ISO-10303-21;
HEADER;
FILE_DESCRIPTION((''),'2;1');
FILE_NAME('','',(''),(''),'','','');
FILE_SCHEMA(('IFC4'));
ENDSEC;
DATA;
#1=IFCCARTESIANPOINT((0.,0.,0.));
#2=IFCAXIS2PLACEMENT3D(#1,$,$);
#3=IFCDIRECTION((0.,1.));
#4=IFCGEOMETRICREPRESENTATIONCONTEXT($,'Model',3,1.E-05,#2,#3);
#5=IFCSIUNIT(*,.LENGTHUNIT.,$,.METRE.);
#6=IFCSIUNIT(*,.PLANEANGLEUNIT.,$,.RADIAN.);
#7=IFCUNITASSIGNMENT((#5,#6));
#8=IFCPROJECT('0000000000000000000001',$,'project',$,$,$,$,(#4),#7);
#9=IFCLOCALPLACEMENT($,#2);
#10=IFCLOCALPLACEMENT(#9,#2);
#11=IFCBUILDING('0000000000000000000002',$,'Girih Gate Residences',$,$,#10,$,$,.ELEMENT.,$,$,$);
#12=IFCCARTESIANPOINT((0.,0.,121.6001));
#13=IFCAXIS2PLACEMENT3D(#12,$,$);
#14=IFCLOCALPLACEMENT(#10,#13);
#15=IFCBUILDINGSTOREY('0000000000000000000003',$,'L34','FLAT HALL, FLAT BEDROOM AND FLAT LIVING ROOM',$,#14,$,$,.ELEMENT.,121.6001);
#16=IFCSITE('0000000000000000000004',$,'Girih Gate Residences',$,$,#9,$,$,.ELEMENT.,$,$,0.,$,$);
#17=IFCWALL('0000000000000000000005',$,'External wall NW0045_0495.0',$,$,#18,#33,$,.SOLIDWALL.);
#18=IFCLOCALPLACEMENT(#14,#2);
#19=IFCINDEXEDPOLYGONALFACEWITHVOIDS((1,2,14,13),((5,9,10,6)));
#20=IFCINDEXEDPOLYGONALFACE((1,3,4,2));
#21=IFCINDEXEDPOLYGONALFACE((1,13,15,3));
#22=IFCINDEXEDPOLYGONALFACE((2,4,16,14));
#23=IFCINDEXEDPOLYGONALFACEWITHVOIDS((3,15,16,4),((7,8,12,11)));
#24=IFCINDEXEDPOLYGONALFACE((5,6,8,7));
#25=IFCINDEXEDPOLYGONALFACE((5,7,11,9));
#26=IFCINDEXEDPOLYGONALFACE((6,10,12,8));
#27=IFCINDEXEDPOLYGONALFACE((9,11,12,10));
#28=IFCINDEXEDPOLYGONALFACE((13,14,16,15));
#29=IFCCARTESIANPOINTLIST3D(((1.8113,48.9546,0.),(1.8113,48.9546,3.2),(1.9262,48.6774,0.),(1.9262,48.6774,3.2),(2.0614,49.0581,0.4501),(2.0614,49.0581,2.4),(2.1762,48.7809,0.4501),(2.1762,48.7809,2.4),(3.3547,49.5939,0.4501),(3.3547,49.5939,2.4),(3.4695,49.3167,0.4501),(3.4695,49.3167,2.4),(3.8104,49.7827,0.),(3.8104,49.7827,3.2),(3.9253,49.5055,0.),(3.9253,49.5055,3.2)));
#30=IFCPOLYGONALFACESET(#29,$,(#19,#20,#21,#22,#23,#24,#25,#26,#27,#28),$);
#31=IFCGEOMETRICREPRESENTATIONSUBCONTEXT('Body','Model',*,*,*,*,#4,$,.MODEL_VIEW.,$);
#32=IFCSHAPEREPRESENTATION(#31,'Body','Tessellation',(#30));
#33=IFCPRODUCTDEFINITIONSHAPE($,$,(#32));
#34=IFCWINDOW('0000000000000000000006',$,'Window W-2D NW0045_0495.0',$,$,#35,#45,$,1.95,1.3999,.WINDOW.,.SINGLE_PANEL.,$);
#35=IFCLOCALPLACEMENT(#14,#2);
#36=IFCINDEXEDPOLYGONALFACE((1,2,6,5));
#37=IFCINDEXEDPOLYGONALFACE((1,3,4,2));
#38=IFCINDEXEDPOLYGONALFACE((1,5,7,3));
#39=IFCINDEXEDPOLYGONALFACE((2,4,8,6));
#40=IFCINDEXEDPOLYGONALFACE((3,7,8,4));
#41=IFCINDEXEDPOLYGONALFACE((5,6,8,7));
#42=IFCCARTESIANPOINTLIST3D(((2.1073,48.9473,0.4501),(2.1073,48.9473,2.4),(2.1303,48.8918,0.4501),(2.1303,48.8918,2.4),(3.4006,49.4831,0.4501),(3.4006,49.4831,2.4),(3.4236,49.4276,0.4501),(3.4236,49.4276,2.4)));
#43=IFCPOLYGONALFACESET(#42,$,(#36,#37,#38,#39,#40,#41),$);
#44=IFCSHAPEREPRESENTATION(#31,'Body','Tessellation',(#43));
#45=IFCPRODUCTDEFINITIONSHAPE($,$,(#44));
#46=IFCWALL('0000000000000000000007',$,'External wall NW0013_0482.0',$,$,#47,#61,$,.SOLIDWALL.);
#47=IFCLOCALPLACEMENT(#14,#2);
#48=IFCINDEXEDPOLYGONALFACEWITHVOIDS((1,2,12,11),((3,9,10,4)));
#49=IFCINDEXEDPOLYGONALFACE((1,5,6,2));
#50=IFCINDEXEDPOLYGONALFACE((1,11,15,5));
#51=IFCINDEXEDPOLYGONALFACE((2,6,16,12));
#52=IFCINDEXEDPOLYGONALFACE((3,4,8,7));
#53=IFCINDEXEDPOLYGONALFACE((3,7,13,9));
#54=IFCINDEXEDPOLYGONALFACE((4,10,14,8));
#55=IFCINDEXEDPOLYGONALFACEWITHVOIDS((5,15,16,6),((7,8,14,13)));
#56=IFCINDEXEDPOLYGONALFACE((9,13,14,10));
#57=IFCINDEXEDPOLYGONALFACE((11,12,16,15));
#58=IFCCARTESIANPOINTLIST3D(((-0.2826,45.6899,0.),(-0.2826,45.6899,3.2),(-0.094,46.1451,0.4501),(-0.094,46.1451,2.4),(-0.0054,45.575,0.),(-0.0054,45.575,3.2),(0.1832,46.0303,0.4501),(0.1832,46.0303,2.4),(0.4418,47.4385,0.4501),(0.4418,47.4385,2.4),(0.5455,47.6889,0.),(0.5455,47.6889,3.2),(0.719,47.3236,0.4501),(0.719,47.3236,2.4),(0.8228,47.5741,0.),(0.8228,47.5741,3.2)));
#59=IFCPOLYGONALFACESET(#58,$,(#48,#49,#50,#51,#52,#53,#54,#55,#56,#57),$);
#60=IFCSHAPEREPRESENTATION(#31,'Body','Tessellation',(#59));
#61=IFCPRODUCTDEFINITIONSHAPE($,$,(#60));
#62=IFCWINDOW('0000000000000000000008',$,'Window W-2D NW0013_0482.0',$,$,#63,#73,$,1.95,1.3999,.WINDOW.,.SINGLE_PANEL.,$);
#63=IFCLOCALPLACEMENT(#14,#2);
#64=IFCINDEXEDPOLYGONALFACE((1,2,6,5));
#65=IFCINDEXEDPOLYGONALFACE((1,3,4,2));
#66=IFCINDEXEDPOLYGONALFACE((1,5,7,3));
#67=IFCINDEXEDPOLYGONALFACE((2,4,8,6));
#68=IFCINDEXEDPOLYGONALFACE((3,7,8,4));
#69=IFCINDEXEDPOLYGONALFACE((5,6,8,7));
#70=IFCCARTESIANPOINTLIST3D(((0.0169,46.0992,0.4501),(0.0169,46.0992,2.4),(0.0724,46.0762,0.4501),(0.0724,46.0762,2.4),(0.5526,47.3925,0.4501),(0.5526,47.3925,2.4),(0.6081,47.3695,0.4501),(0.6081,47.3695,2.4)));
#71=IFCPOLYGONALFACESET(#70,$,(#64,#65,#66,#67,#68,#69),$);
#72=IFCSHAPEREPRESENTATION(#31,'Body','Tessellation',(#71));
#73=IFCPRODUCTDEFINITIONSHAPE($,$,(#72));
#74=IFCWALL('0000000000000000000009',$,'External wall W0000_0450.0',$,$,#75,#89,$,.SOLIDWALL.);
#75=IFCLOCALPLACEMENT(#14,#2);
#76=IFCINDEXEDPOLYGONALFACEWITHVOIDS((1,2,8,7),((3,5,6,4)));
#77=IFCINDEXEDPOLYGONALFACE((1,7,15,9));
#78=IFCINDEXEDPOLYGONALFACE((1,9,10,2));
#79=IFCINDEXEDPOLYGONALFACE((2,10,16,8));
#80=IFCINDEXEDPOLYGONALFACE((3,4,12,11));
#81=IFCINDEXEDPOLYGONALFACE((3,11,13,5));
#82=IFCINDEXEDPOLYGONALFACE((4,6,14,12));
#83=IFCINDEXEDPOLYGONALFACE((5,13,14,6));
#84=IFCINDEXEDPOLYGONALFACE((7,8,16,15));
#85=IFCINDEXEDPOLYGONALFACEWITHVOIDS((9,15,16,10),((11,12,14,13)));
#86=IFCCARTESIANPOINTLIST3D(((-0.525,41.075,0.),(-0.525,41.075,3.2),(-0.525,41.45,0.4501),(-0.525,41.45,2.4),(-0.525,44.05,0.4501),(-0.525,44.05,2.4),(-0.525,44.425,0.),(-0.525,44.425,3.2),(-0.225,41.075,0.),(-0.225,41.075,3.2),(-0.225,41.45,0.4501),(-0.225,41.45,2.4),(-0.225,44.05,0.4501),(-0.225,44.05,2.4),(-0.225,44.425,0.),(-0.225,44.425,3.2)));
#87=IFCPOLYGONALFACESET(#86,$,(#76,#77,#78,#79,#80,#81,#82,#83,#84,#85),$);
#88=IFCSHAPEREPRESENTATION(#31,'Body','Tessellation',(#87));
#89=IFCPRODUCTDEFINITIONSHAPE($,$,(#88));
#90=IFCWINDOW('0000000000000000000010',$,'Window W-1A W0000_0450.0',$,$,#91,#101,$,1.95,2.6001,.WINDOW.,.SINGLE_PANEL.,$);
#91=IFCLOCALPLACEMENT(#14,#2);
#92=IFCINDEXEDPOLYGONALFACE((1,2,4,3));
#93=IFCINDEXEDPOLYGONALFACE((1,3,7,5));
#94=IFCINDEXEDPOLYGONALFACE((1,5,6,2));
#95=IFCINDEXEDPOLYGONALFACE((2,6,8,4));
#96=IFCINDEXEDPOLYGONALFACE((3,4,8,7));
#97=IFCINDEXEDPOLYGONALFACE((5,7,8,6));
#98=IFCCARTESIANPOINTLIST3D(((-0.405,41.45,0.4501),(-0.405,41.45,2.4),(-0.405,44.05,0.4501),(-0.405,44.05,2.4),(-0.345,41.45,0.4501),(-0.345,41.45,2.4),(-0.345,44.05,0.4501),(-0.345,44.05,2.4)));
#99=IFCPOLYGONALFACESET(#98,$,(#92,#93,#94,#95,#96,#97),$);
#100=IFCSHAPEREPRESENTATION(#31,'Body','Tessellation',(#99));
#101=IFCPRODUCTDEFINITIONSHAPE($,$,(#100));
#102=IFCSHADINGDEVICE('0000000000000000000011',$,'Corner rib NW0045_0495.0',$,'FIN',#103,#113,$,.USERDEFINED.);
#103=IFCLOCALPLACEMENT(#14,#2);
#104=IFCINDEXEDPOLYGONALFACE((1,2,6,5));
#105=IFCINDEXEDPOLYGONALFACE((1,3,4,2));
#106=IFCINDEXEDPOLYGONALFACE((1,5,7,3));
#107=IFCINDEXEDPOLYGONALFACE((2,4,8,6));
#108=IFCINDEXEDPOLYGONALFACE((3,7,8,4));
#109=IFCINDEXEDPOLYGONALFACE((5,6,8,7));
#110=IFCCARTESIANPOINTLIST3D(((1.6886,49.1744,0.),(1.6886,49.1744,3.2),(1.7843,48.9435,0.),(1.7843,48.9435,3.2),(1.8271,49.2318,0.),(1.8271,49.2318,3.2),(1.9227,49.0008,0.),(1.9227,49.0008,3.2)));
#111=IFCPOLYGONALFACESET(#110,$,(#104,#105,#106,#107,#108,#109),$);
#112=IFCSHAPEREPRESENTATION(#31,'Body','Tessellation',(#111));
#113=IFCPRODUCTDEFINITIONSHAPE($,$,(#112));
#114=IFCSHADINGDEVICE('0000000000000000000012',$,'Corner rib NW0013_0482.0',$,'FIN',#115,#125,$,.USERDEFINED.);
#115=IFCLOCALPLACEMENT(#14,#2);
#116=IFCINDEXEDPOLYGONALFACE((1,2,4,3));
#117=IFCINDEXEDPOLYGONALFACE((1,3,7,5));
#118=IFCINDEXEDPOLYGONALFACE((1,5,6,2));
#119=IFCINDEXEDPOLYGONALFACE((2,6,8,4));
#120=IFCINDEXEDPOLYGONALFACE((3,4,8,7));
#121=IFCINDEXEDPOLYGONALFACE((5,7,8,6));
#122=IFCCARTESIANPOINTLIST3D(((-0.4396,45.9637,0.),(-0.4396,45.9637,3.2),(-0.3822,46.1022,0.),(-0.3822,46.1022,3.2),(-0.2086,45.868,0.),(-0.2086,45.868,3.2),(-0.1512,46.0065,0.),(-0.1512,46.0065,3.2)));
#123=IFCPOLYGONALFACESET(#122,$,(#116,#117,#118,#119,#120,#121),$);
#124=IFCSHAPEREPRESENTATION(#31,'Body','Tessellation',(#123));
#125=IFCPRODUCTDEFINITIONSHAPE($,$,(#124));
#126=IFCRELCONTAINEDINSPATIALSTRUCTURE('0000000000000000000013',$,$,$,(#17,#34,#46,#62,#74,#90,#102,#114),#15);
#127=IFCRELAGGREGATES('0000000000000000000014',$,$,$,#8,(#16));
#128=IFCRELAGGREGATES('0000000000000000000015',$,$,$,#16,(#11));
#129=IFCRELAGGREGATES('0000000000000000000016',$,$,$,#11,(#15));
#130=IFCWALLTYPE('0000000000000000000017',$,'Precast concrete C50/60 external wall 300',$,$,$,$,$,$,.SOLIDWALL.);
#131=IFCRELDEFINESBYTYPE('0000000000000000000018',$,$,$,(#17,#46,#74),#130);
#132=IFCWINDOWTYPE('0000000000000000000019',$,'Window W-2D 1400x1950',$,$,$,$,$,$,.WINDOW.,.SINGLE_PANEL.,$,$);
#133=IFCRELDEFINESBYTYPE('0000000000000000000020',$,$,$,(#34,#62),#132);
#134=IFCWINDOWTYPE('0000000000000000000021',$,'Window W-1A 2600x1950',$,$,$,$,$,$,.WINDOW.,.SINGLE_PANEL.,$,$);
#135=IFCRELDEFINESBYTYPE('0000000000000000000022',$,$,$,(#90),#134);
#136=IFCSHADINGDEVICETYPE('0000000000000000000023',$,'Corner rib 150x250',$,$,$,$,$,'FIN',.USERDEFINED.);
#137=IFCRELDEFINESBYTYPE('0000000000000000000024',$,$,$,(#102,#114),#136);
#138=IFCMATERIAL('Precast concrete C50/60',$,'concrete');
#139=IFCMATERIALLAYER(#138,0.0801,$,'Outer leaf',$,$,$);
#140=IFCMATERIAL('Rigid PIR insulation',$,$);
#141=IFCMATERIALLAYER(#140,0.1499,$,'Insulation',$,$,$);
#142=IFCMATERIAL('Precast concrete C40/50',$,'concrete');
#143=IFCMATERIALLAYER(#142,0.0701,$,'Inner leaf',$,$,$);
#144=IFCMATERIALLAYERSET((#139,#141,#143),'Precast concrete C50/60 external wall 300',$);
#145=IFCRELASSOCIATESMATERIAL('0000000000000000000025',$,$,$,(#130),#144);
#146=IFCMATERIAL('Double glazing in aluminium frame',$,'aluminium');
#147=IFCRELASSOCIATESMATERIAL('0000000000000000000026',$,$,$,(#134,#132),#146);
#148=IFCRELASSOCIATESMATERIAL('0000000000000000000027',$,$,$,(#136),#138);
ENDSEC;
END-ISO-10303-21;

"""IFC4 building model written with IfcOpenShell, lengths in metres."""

from ifc_helpers import new_model, si_unit, direction, frame, frame_2d, origin, origin_2d, place, context, subcontext, project, spatial, rectangle, extrude, material, layer, layer_set, type_object, element, fill, save


model = new_model("IFC4")

# Units and contexts
model_context = context("Model", 3, precision=1e-05, world=origin(), true_north=direction((0.0, 1.0)))
body_context = subcontext(model_context, "Body", "Model", "MODEL_VIEW")
ifc_project = project(units=[si_unit("LENGTHUNIT", "METRE"), si_unit("PLANEANGLEUNIT", "RADIAN")], contexts=[model_context])

# Site, building, storey
site_placement = place(None, origin())
site = spatial("IfcSite", under=ifc_project, at=site_placement, Name="Girih Gate Residences", CompositionType="ELEMENT", RefElevation=0.0)
building_placement = place(site_placement, origin())
building = spatial("IfcBuilding", under=site, at=building_placement, Name="Girih Gate Residences", CompositionType="ELEMENT")
storey_placement = place(building_placement, frame((0.0, 0.0, 121.6001)))
storey = spatial("IfcBuildingStorey", under=building, at=storey_placement, Name="L34", Description="FLAT HALL, FLAT BEDROOM AND FLAT LIVING ROOM", CompositionType="ELEMENT", Elevation=121.6001)

# Walls, openings, windows
ifc_material_1 = material(Name="Precast concrete C50/60", Category="concrete")
ifc_layer_1 = layer(ifc_material_1, 0.0801, Name="Outer leaf")
ifc_material_2 = material(Name="Rigid PIR insulation")
ifc_layer_2 = layer(ifc_material_2, 0.1499, Name="Insulation")
ifc_material_3 = material(Name="Precast concrete C40/50", Category="concrete")
ifc_layer_3 = layer(ifc_material_3, 0.0701, Name="Inner leaf")
ifc_layer_set_1 = layer_set([ifc_layer_1, ifc_layer_2, ifc_layer_3], Name="Precast concrete C50/60 external wall 300")
wall_type_1 = type_object("IfcWallType", Name="Precast concrete C50/60 external wall 300", PredefinedType="SOLIDWALL", material=ifc_layer_set_1)
ifc_material_4 = material(Name="Double glazing in aluminium frame", Category="aluminium")
window_type_1 = type_object("IfcWindowType", Name="Window W-1A 2600x1950", PartitioningType="SINGLE_PANEL", PredefinedType="WINDOW", material=ifc_material_4)
wall_1_placement = place(storey_placement, frame((1.8687, 48.8159, 0.0), z_axis=(0.0, 0.0, 1.0), x_axis=(0.923863, 0.382724, 0.0)))
wall_1 = element("IfcWall", 1, at=wall_1_placement, inside=storey, type_object=wall_type_1, Name="External wall NW0045_0495.0", PredefinedType="SOLIDWALL", context=body_context, shape_type="SweptSolid", body=[
    extrude(rectangle(XDim=2.1638, YDim=0.3, at=frame_2d((1.082, 0.0))), origin(), (0.0, 0.0, 1.0), 3.2),
])
opening_1_placement = place(wall_1_placement, frame((0.2708, 0.0, 0.45)))
opening_1 = element("IfcOpeningElement", 2, at=opening_1_placement, cuts=wall_1, PredefinedType="OPENING", context=body_context, shape_type="SweptSolid", body=[
    extrude(rectangle(XDim=1.3999, YDim=1.95, at=frame_2d((0.7, 0.9751))), frame((0.0, 0.1599, 0.0), z_axis=(0.0, -1.0, 0.0), x_axis=(1.0, 0.0, 0.0)), (0.0, 0.0, 1.0), 0.3201),
])
window_type_2 = type_object("IfcWindowType", Name="Window W-2D 1400x1950", PartitioningType="SINGLE_PANEL", PredefinedType="WINDOW", material=ifc_material_4)
window_1_placement = place(opening_1_placement, origin())
window_1 = element("IfcWindow", 3, at=window_1_placement, inside=storey, type_object=window_type_2, Name="Window W-2D NW0045_0495.0", OverallHeight=1.95, OverallWidth=1.3999, PartitioningType="SINGLE_PANEL", PredefinedType="WINDOW", context=body_context, shape_type="SweptSolid", body=[
    extrude(rectangle(XDim=1.3999, YDim=1.95, at=frame_2d((0.7, 0.9751))), frame((0.0, 0.03, 0.0), z_axis=(0.0, -1.0, 0.0), x_axis=(1.0, 0.0, 0.0)), (0.0, 0.0, 1.0), 0.0601),
])
fill(opening_1, window_1)
wall_2_placement = place(storey_placement, frame((-0.144, 45.6323, 0.0), z_axis=(0.0, 0.0, 1.0), x_axis=(0.382724, 0.923863, 0.0)))
wall_2 = element("IfcWall", 4, at=wall_2_placement, inside=storey, type_object=wall_type_1, Name="External wall NW0013_0482.0", PredefinedType="SOLIDWALL", context=body_context, shape_type="SweptSolid", body=[
    extrude(rectangle(XDim=2.1638, YDim=0.3, at=frame_2d((1.082, 0.0))), origin(), (0.0, 0.0, 1.0), 3.2),
])
opening_2_placement = place(wall_2_placement, frame((0.4929, 0.0, 0.45)))
opening_2 = element("IfcOpeningElement", 5, at=opening_2_placement, cuts=wall_2, PredefinedType="OPENING", context=body_context, shape_type="SweptSolid", body=[
    extrude(rectangle(XDim=1.3999, YDim=1.95, at=frame_2d((0.7, 0.9751))), frame((0.0, 0.1599, 0.0), z_axis=(0.0, -1.0, 0.0), x_axis=(1.0, 0.0, 0.0)), (0.0, 0.0, 1.0), 0.3201),
])
window_2_placement = place(opening_2_placement, origin())
window_2 = element("IfcWindow", 6, at=window_2_placement, inside=storey, type_object=window_type_2, Name="Window W-2D NW0013_0482.0", OverallHeight=1.95, OverallWidth=1.3999, PartitioningType="SINGLE_PANEL", PredefinedType="WINDOW", context=body_context, shape_type="SweptSolid", body=[
    extrude(rectangle(XDim=1.3999, YDim=1.95, at=frame_2d((0.7, 0.9751))), frame((0.0, 0.03, 0.0), z_axis=(0.0, -1.0, 0.0), x_axis=(1.0, 0.0, 0.0)), (0.0, 0.0, 1.0), 0.0601),
])
fill(opening_2, window_2)
wall_3_placement = place(storey_placement, frame((-0.375, 41.075, 0.0), z_axis=(0.0, 0.0, 1.0), x_axis=(0.0, 1.0, 0.0)))
wall_3 = element("IfcWall", 7, at=wall_3_placement, inside=storey, type_object=wall_type_1, Name="External wall W0000_0450.0", PredefinedType="SOLIDWALL", context=body_context, shape_type="SweptSolid", body=[
    extrude(rectangle(XDim=3.3501, YDim=0.3, at=frame_2d((1.675, 0.0))), origin(), (0.0, 0.0, 1.0), 3.2),
])
opening_3_placement = place(wall_3_placement, frame((0.375, 0.0, 0.45)))
opening_3 = element("IfcOpeningElement", 8, at=opening_3_placement, cuts=wall_3, PredefinedType="OPENING", context=body_context, shape_type="SweptSolid", body=[
    extrude(rectangle(XDim=2.6001, YDim=1.95, at=frame_2d((1.3, 0.9751))), frame((0.0, 0.1599, 0.0), z_axis=(0.0, -1.0, 0.0), x_axis=(1.0, 0.0, 0.0)), (0.0, 0.0, 1.0), 0.3201),
])
window_3_placement = place(opening_3_placement, origin())
window_3 = element("IfcWindow", 9, at=window_3_placement, inside=storey, type_object=window_type_1, Name="Window W-1A W0000_0450.0", OverallHeight=1.95, OverallWidth=2.6001, PartitioningType="SINGLE_PANEL", PredefinedType="WINDOW", context=body_context, shape_type="SweptSolid", body=[
    extrude(rectangle(XDim=2.6001, YDim=1.95, at=frame_2d((1.3, 0.9751))), frame((0.0, 0.03, 0.0), z_axis=(0.0, -1.0, 0.0), x_axis=(1.0, 0.0, 0.0)), (0.0, 0.0, 1.0), 0.0601),
])
fill(opening_3, window_3)

# Shading devices
shading_device_type = type_object("IfcShadingDeviceType", Name="Corner rib 150x250", ElementType="FIN", PredefinedType="USERDEFINED", material=ifc_material_1)
for number, where, z_axis, x_axis, name in (
    (10, (1.8057, 49.0876, 0.0), (0.0, 0.0, 1.0), (-0.92388, -0.382683, 0.0), "Corner rib NW0045_0495.0"),
    (11, (-0.2954, 45.9851, 0.0), (0.0, 0.0, 1.0), (-0.382683, -0.92388, 0.0), "Corner rib NW0013_0482.0"),
):
    element("IfcShadingDevice", number, at=place(storey_placement, frame(where, z_axis=z_axis, x_axis=x_axis)), inside=storey, type_object=shading_device_type, Name=name, ObjectType="FIN", PredefinedType="USERDEFINED", context=body_context, shape_type="SweptSolid", body=[
        extrude(rectangle(XDim=0.1499, YDim=0.25, at=origin_2d()), origin(), (0.0, 0.0, 1.0), 3.2),
    ])

save(model, "model.ifc")
